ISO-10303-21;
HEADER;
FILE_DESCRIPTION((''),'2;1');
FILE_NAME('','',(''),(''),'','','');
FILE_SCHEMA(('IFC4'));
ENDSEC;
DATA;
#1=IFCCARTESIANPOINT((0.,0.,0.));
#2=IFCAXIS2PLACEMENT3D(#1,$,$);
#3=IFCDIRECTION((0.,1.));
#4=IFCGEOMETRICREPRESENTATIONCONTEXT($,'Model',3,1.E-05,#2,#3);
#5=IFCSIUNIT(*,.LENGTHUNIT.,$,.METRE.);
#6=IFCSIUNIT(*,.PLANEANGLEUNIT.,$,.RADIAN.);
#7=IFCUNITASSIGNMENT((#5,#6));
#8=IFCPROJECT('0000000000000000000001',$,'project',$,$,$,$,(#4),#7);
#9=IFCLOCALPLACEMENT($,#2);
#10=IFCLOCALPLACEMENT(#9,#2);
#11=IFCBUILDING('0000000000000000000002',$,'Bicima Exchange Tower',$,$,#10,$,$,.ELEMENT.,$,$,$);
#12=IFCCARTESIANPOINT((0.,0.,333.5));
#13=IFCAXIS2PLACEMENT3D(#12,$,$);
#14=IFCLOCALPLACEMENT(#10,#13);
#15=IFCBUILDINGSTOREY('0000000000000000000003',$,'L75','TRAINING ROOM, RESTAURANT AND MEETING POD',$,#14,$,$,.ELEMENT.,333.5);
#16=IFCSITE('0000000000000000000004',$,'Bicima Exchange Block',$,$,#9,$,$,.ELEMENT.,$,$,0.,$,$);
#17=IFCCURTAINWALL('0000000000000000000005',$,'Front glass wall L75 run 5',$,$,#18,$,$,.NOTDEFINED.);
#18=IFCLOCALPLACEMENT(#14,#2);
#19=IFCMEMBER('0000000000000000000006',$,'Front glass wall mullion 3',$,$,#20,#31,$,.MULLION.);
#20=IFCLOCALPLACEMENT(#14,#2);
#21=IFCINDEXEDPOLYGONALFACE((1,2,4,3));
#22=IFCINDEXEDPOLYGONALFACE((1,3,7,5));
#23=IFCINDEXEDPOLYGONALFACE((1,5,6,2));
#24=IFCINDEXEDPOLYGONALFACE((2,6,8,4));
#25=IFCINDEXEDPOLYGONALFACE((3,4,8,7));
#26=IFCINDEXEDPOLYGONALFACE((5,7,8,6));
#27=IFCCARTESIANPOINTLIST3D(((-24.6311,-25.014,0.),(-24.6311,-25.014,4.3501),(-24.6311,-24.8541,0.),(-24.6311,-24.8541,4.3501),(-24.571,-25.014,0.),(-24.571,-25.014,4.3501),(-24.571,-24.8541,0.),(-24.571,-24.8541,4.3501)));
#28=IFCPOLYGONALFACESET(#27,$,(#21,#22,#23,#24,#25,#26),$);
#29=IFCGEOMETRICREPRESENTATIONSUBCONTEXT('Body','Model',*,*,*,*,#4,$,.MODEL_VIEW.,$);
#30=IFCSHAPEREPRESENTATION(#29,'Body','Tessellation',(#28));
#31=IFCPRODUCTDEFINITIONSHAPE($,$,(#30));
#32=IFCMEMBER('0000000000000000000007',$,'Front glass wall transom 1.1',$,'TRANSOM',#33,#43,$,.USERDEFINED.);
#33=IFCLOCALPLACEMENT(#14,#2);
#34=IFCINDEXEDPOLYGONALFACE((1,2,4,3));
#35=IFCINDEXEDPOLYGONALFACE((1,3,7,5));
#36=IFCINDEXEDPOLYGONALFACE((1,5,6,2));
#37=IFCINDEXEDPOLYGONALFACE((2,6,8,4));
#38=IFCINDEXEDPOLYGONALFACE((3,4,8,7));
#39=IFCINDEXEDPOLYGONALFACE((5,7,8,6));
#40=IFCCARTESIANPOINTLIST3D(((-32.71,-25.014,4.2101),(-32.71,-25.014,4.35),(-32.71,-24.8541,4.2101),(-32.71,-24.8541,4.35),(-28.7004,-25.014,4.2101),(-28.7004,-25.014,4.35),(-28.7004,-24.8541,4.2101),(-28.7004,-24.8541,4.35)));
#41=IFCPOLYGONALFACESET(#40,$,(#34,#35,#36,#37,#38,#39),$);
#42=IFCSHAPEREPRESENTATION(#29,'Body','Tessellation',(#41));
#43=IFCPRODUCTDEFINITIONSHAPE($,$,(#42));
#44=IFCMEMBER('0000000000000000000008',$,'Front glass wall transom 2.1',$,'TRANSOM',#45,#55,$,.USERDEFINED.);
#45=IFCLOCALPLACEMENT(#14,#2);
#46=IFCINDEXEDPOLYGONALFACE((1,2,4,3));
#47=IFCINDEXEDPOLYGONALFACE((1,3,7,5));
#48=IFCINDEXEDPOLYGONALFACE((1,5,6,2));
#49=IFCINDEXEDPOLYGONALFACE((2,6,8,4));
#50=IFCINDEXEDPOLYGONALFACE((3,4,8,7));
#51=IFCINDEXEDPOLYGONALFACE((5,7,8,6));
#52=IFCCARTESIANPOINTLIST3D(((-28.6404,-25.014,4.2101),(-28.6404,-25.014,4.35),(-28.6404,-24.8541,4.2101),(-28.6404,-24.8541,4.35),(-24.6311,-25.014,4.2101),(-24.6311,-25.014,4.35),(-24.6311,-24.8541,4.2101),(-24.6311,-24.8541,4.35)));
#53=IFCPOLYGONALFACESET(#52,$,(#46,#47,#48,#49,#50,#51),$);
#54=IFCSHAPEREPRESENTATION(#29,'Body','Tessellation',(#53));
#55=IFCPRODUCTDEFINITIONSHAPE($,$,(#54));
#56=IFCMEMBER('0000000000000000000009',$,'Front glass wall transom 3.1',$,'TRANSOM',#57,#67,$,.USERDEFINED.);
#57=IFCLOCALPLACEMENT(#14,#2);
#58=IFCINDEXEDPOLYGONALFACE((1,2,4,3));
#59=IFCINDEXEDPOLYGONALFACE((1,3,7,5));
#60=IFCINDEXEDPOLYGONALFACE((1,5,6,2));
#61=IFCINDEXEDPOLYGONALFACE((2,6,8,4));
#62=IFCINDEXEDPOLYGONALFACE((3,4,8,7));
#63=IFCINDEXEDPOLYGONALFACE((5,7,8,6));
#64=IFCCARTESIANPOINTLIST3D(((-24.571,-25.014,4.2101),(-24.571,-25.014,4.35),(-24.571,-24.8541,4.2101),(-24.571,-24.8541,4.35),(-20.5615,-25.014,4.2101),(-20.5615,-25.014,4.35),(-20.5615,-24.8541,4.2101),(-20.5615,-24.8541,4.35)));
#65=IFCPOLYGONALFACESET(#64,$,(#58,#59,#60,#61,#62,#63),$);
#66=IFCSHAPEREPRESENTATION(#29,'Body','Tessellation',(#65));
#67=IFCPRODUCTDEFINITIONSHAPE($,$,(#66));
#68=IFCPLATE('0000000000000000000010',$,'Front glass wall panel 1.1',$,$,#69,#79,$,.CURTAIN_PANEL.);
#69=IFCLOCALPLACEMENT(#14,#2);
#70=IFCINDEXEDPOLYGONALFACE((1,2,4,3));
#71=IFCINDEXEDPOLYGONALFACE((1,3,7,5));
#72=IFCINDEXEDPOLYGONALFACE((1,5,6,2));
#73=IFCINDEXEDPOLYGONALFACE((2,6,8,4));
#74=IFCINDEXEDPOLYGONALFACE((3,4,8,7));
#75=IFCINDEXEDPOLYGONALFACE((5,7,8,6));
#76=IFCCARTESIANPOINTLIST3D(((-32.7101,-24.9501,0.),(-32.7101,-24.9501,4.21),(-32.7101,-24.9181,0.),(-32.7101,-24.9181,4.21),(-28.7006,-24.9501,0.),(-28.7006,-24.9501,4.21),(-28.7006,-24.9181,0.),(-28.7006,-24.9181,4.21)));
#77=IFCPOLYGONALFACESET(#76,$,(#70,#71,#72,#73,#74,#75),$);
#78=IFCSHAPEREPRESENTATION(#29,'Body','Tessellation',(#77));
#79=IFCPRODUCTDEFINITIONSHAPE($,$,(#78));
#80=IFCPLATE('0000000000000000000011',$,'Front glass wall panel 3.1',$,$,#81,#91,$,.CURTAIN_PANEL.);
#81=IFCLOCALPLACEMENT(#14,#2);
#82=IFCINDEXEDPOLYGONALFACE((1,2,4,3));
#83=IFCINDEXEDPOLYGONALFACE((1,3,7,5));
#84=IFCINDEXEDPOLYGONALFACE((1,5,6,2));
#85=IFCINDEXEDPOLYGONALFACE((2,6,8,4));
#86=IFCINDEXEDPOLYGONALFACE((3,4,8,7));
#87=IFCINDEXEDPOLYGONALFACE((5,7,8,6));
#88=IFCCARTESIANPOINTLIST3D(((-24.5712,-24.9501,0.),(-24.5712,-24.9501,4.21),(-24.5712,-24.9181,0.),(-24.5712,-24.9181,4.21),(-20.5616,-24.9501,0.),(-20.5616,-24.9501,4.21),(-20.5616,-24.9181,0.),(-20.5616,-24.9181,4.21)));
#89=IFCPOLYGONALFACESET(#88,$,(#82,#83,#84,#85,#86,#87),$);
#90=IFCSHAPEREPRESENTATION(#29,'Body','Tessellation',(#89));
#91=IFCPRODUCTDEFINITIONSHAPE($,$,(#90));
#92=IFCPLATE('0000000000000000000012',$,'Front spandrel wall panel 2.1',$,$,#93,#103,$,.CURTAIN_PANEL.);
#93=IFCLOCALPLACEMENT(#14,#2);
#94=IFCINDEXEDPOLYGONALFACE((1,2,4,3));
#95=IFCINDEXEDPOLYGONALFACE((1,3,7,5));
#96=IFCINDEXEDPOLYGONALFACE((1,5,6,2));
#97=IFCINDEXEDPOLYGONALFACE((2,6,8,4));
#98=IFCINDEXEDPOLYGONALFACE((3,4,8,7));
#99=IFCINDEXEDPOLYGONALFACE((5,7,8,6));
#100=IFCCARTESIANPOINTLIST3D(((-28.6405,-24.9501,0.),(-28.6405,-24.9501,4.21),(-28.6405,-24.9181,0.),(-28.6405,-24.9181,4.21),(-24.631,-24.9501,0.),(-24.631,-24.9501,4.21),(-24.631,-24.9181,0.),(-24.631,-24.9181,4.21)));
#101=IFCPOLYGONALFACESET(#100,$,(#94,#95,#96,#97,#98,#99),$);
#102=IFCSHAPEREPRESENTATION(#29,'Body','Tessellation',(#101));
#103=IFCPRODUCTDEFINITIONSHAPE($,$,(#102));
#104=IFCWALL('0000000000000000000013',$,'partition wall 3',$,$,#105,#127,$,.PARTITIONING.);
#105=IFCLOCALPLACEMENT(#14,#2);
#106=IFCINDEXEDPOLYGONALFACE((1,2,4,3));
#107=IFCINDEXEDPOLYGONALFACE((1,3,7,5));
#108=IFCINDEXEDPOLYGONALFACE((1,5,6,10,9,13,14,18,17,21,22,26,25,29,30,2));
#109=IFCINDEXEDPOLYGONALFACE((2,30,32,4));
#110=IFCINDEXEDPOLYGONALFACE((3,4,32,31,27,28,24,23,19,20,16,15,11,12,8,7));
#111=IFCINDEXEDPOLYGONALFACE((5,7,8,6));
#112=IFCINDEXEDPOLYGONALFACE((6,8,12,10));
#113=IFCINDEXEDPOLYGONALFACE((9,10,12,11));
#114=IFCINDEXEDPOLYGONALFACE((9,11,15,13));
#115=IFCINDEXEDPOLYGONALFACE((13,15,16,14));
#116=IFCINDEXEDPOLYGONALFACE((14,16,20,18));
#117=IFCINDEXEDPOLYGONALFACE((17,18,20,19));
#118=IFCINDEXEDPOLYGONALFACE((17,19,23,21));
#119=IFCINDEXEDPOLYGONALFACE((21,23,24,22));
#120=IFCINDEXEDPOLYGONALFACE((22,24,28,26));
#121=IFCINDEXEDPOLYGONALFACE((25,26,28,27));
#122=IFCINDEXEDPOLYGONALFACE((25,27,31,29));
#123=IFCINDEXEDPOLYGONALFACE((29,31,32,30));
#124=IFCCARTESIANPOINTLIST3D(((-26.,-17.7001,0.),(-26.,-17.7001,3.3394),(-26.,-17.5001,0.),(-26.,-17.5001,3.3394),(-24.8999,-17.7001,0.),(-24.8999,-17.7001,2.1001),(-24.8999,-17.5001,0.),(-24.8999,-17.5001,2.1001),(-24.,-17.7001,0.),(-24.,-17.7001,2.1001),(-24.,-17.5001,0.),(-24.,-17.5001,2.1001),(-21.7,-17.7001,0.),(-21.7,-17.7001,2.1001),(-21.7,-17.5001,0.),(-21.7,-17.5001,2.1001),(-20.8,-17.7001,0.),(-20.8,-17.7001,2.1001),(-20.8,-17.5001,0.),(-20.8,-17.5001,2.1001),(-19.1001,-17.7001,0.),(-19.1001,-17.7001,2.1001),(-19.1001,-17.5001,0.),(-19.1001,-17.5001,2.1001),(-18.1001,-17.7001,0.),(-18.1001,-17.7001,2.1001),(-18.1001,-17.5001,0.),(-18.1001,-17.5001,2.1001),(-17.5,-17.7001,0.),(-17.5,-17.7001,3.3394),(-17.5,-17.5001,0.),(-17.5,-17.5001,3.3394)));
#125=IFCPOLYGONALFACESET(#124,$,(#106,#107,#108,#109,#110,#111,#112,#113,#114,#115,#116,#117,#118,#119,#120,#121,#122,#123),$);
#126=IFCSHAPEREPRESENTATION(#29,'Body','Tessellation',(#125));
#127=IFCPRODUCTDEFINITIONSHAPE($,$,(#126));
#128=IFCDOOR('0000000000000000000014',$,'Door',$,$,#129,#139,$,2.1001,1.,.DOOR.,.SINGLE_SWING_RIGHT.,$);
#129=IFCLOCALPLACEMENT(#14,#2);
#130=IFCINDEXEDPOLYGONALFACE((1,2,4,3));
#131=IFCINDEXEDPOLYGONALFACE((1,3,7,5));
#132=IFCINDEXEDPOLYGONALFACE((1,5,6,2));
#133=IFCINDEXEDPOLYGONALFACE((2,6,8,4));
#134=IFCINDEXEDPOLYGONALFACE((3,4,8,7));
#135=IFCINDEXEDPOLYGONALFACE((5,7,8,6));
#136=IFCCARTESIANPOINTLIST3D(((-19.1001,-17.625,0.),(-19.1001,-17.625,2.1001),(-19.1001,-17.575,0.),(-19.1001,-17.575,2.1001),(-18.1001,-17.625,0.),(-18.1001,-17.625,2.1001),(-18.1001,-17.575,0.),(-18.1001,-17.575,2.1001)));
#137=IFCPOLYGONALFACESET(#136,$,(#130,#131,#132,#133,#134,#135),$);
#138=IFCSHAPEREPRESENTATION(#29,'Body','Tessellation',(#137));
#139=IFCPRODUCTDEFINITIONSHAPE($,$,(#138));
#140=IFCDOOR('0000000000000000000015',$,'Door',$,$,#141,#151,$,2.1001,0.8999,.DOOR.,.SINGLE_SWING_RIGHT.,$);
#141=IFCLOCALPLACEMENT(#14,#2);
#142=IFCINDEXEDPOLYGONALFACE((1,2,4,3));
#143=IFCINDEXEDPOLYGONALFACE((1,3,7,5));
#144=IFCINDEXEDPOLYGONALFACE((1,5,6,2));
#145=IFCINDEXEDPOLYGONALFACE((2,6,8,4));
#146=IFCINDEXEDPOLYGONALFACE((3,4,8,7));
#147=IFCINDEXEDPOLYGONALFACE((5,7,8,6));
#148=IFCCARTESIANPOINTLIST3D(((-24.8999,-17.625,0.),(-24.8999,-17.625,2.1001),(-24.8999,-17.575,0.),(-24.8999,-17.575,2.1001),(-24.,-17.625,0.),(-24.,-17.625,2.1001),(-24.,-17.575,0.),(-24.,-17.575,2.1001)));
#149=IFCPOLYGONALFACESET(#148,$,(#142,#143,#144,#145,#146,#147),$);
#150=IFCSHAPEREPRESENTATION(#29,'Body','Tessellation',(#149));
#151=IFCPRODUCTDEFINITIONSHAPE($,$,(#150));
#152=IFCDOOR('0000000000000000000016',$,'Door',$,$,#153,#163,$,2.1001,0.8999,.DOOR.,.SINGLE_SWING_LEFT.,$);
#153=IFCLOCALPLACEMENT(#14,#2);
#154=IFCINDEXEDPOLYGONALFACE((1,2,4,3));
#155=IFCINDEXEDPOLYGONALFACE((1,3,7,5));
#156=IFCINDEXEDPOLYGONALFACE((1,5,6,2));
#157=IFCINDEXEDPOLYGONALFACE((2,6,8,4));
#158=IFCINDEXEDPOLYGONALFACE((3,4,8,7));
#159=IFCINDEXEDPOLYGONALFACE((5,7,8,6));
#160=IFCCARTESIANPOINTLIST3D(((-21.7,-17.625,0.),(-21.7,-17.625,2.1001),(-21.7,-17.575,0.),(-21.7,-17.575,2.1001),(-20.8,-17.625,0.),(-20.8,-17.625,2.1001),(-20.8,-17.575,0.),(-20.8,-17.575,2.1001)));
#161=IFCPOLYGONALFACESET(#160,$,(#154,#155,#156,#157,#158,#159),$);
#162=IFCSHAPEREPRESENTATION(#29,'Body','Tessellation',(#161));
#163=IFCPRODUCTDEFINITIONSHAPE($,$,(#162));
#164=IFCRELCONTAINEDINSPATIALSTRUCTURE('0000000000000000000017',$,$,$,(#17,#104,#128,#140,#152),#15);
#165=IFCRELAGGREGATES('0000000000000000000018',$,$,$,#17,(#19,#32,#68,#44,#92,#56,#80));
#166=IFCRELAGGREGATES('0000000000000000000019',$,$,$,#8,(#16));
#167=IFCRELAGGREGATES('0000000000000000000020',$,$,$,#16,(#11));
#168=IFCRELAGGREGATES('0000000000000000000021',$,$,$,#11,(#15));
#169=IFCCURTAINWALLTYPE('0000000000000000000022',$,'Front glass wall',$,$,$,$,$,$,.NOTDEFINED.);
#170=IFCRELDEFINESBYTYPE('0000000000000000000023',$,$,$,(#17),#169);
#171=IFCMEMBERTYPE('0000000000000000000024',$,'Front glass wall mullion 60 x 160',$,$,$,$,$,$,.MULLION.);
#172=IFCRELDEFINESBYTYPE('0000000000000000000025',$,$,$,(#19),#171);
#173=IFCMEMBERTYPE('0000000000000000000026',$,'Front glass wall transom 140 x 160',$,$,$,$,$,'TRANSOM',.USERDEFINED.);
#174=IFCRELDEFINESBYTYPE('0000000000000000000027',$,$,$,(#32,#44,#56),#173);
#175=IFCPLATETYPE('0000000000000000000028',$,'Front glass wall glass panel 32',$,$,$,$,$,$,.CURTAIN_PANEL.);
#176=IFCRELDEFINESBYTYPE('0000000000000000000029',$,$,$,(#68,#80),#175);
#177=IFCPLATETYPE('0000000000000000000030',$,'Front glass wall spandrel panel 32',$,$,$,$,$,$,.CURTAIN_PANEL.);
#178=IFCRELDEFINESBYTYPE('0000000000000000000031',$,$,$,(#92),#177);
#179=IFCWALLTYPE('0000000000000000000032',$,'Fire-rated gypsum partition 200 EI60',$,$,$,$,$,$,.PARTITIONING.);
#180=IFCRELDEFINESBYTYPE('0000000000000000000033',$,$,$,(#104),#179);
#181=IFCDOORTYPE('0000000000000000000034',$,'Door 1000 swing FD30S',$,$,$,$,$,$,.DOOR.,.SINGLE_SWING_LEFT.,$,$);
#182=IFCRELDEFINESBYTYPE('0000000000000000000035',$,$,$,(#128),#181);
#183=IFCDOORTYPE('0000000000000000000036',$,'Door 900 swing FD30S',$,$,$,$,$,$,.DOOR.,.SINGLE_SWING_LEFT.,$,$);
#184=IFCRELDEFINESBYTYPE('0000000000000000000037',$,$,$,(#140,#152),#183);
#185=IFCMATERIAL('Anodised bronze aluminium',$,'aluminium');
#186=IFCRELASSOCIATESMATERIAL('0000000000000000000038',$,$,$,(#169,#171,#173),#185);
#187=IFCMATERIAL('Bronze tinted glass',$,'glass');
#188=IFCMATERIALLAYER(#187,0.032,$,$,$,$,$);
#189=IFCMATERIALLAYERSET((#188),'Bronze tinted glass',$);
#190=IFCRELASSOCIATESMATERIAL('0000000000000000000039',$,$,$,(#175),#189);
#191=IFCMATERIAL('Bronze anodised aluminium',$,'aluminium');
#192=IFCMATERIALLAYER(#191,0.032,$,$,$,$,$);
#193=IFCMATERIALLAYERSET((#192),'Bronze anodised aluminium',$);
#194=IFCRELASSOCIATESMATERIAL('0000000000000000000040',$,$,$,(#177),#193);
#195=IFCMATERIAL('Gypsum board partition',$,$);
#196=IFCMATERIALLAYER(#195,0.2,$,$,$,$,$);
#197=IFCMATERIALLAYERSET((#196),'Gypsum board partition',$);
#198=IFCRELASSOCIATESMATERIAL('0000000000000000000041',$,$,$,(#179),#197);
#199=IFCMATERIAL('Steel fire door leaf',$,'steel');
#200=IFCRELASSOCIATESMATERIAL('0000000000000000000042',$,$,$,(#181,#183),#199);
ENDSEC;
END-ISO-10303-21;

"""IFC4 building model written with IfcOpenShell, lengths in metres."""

from ifc_helpers import new_model, si_unit, direction, frame, frame_2d, origin, origin_2d, place, context, subcontext, project, spatial, rectangle, extrude, material, layer, layer_set, material_profile, profile_set, type_object, element, fill, aggregate, save


model = new_model("IFC4")

# Units and contexts
model_context = context("Model", 3, precision=1e-05, world=origin(), true_north=direction((0.0, 1.0)))
body_context = subcontext(model_context, "Body", "Model", "MODEL_VIEW")
ifc_project = project(units=[si_unit("LENGTHUNIT", "METRE"), si_unit("PLANEANGLEUNIT", "RADIAN")], contexts=[model_context])

# Site, building, storey
site_placement = place(None, origin())
site = spatial("IfcSite", under=ifc_project, at=site_placement, Name="Bicima Exchange Block", CompositionType="ELEMENT", RefElevation=0.0)
building_placement = place(site_placement, origin())
building = spatial("IfcBuilding", under=site, at=building_placement, Name="Bicima Exchange Tower", CompositionType="ELEMENT")
storey_placement = place(building_placement, frame((0.0, 0.0, 333.5)))
storey = spatial("IfcBuildingStorey", under=building, at=storey_placement, Name="L75", Description="TRAINING ROOM, RESTAURANT AND MEETING POD", CompositionType="ELEMENT", Elevation=333.5)

# Curtain wall, members, plates
ifc_material_1 = material(Name="Anodised bronze aluminium", Category="aluminium")
curtain_wall_type = type_object("IfcCurtainWallType", Name="Front glass wall", PredefinedType="NOTDEFINED", material=ifc_material_1)
curtain_wall_placement = place(storey_placement, origin())
curtain_wall = element("IfcCurtainWall", 1, at=curtain_wall_placement, inside=storey, type_object=curtain_wall_type, Name="Front glass wall L75 run 5", PredefinedType="NOTDEFINED")
ifc_material_profile_1 = material_profile(ifc_material_1, rectangle(XDim=0.1599, YDim=0.0601, at=origin_2d()))
ifc_profile_set_1 = profile_set([ifc_material_profile_1], Name="Anodised bronze aluminium")
member_type_1 = type_object("IfcMemberType", Name="Front glass wall mullion 60 x 160", PredefinedType="MULLION", material=ifc_profile_set_1)
member_1_placement = place(storey_placement, frame((-24.6011, -24.9341, 0.0), z_axis=(0.0, 0.0, 1.0), x_axis=(0.0, 1.0, 0.0)))
member_1 = element("IfcMember", 2, at=member_1_placement, type_object=member_type_1, Name="Front glass wall mullion 3", PredefinedType="MULLION", context=body_context, shape_type="SweptSolid", body=[
    extrude(rectangle(XDim=0.1599, YDim=0.0601, at=origin_2d()), origin(), (0.0, 0.0, 1.0), 4.3501),
])
ifc_material_profile_2 = material_profile(ifc_material_1, rectangle(XDim=0.1599, YDim=0.1399, at=origin_2d()))
ifc_profile_set_2 = profile_set([ifc_material_profile_2], Name="Anodised bronze aluminium")
member_type_2 = type_object("IfcMemberType", Name="Front glass wall transom 140 x 160", ElementType="TRANSOM", PredefinedType="USERDEFINED", material=ifc_profile_set_2)
member_2_placement = place(storey_placement, frame((-32.71, -24.9341, 4.28), z_axis=(1.0, 0.0, 0.0), x_axis=(0.0, 1.0, 0.0)))
member_2 = element("IfcMember", 3, at=member_2_placement, type_object=member_type_2, Name="Front glass wall transom 1.1", ObjectType="TRANSOM", PredefinedType="USERDEFINED", context=body_context, shape_type="SweptSolid", body=[
    extrude(rectangle(XDim=0.1599, YDim=0.1399, at=origin_2d()), origin(), (0.0, 0.0, 1.0), 4.0095),
])
member_3_placement = place(storey_placement, frame((-28.6404, -24.9341, 4.28), z_axis=(1.0, 0.0, 0.0), x_axis=(0.0, 1.0, 0.0)))
member_3 = element("IfcMember", 4, at=member_3_placement, type_object=member_type_2, Name="Front glass wall transom 2.1", ObjectType="TRANSOM", PredefinedType="USERDEFINED", context=body_context, shape_type="SweptSolid", body=[
    extrude(rectangle(XDim=0.1599, YDim=0.1399, at=origin_2d()), origin(), (0.0, 0.0, 1.0), 4.0093),
])
member_4_placement = place(storey_placement, frame((-24.571, -24.9341, 4.28), z_axis=(1.0, 0.0, 0.0), x_axis=(0.0, 1.0, 0.0)))
member_4 = element("IfcMember", 5, at=member_4_placement, type_object=member_type_2, Name="Front glass wall transom 3.1", ObjectType="TRANSOM", PredefinedType="USERDEFINED", context=body_context, shape_type="SweptSolid", body=[
    extrude(rectangle(XDim=0.1599, YDim=0.1399, at=origin_2d()), origin(), (0.0, 0.0, 1.0), 4.0095),
])
ifc_material_2 = material(Name="Bronze tinted glass", Category="glass")
ifc_layer_1 = layer(ifc_material_2, 0.032)
ifc_layer_set_1 = layer_set([ifc_layer_1], Name="Bronze tinted glass")
plate_type_1 = type_object("IfcPlateType", Name="Front glass wall glass panel 32", PredefinedType="CURTAIN_PANEL", material=ifc_layer_set_1)
plate_1_placement = place(storey_placement, frame((-30.7053, -24.9341, 0.0), z_axis=(0.0, 0.0, 1.0), x_axis=(1.0, 0.0, 0.0)))
plate_1 = element("IfcPlate", 6, at=plate_1_placement, type_object=plate_type_1, Name="Front glass wall panel 1.1", PredefinedType="CURTAIN_PANEL", context=body_context, shape_type="SweptSolid", body=[
    extrude(rectangle(XDim=4.0095, YDim=0.032, at=origin_2d()), origin(), (0.0, 0.0, 1.0), 4.21),
])
plate_2_placement = place(storey_placement, frame((-22.5664, -24.9341, 0.0), z_axis=(0.0, 0.0, 1.0), x_axis=(1.0, 0.0, 0.0)))
plate_2 = element("IfcPlate", 7, at=plate_2_placement, type_object=plate_type_1, Name="Front glass wall panel 3.1", PredefinedType="CURTAIN_PANEL", context=body_context, shape_type="SweptSolid", body=[
    extrude(rectangle(XDim=4.0095, YDim=0.032, at=origin_2d()), origin(), (0.0, 0.0, 1.0), 4.21),
])
ifc_material_3 = material(Name="Bronze anodised aluminium", Category="aluminium")
ifc_layer_2 = layer(ifc_material_3, 0.032)
ifc_layer_set_2 = layer_set([ifc_layer_2], Name="Bronze anodised aluminium")
plate_type_2 = type_object("IfcPlateType", Name="Front glass wall spandrel panel 32", PredefinedType="CURTAIN_PANEL", material=ifc_layer_set_2)
plate_3_placement = place(storey_placement, frame((-26.6357, -24.9341, 0.0), z_axis=(0.0, 0.0, 1.0), x_axis=(1.0, 0.0, 0.0)))
plate_3 = element("IfcPlate", 8, at=plate_3_placement, type_object=plate_type_2, Name="Front spandrel wall panel 2.1", PredefinedType="CURTAIN_PANEL", context=body_context, shape_type="SweptSolid", body=[
    extrude(rectangle(XDim=4.0095, YDim=0.032, at=origin_2d()), origin(), (0.0, 0.0, 1.0), 4.21),
])
aggregate(curtain_wall, [member_1, member_2, plate_1, member_3, plate_3, member_4, plate_2])

# Wall, openings, doors
ifc_material_4 = material(Name="Gypsum board partition")
ifc_layer_3 = layer(ifc_material_4, 0.2)
ifc_layer_set_3 = layer_set([ifc_layer_3], Name="Gypsum board partition")
wall_type_1 = type_object("IfcWallType", Name="Fire-rated gypsum partition 200 EI60", PredefinedType="PARTITIONING", material=ifc_layer_set_3)
wall_1_placement = place(storey_placement, frame((-26.0, -17.6001, 0.0), z_axis=(0.0, 0.0, 1.0), x_axis=(1.0, 0.0, 0.0)))
wall_1 = element("IfcWall", 9, at=wall_1_placement, inside=storey, type_object=wall_type_1, Name="partition wall 3", PredefinedType="PARTITIONING", context=body_context, shape_type="SweptSolid", body=[
    extrude(rectangle(XDim=8.5, YDim=0.2, at=frame_2d((4.25, 0.0))), origin(), (0.0, 0.0, 1.0), 3.3394),
])
opening_1_placement = place(wall_1_placement, frame((1.1001, 0.0, 0.0)))
opening_1 = element("IfcOpeningElement", 10, at=opening_1_placement, cuts=wall_1, PredefinedType="OPENING", context=body_context, shape_type="SweptSolid", body=[
    extrude(rectangle(XDim=0.8999, YDim=2.1001, at=frame_2d((0.45, 1.05))), frame((0.0, 0.1118, 0.0), z_axis=(0.0, -1.0, 0.0), x_axis=(1.0, 0.0, 0.0)), (0.0, 0.0, 1.0), 0.2239),
])
opening_2_placement = place(wall_1_placement, frame((4.3, 0.0, 0.0)))
opening_2 = element("IfcOpeningElement", 11, at=opening_2_placement, cuts=wall_1, PredefinedType="OPENING", context=body_context, shape_type="SweptSolid", body=[
    extrude(rectangle(XDim=0.8999, YDim=2.1001, at=frame_2d((0.45, 1.05))), frame((0.0, 0.1118, 0.0), z_axis=(0.0, -1.0, 0.0), x_axis=(1.0, 0.0, 0.0)), (0.0, 0.0, 1.0), 0.2239),
])
opening_3_placement = place(wall_1_placement, frame((6.8999, 0.0, 0.0)))
opening_3 = element("IfcOpeningElement", 12, at=opening_3_placement, cuts=wall_1, PredefinedType="OPENING", context=body_context, shape_type="SweptSolid", body=[
    extrude(rectangle(XDim=1.0, YDim=2.1001, at=frame_2d((0.5, 1.05))), frame((0.0, 0.1118, 0.0), z_axis=(0.0, -1.0, 0.0), x_axis=(1.0, 0.0, 0.0)), (0.0, 0.0, 1.0), 0.2239),
])
ifc_material_5 = material(Name="Steel fire door leaf", Category="steel")
door_type_1 = type_object("IfcDoorType", Name="Door 1000 swing FD30S", OperationType="SINGLE_SWING_LEFT", PredefinedType="DOOR", material=ifc_material_5)
door_1_placement = place(opening_3_placement, frame((1.0, 0.0, 0.0), z_axis=(0.0, 0.0, 1.0), x_axis=(-1.0, 0.0, 0.0)))
door_1 = element("IfcDoor", 13, at=door_1_placement, inside=storey, type_object=door_type_1, Name="Door", OperationType="SINGLE_SWING_RIGHT", OverallHeight=2.1001, OverallWidth=1.0, PredefinedType="DOOR", context=body_context, shape_type="SweptSolid", body=[
    extrude(rectangle(XDim=1.0, YDim=2.1001, at=frame_2d((0.5, 1.05))), frame((0.0, 0.0249, 0.0), z_axis=(0.0, -1.0, 0.0), x_axis=(1.0, 0.0, 0.0)), (0.0, 0.0, 1.0), 0.05),
])
fill(opening_3, door_1)
door_type_2 = type_object("IfcDoorType", Name="Door 900 swing FD30S", OperationType="SINGLE_SWING_LEFT", PredefinedType="DOOR", material=ifc_material_5)
door_2_placement = place(opening_1_placement, frame((0.8999, 0.0, 0.0), z_axis=(0.0, 0.0, 1.0), x_axis=(-1.0, 0.0, 0.0)))
door_2 = element("IfcDoor", 14, at=door_2_placement, inside=storey, type_object=door_type_2, Name="Door", OperationType="SINGLE_SWING_RIGHT", OverallHeight=2.1001, OverallWidth=0.8999, PredefinedType="DOOR", context=body_context, shape_type="SweptSolid", body=[
    extrude(rectangle(XDim=0.8999, YDim=2.1001, at=frame_2d((0.45, 1.05))), frame((0.0, 0.0249, 0.0), z_axis=(0.0, -1.0, 0.0), x_axis=(1.0, 0.0, 0.0)), (0.0, 0.0, 1.0), 0.05),
])
fill(opening_1, door_2)
door_3_placement = place(opening_2_placement, frame((0.8999, 0.0, 0.0), z_axis=(0.0, 0.0, 1.0), x_axis=(-1.0, 0.0, 0.0)))
door_3 = element("IfcDoor", 15, at=door_3_placement, inside=storey, type_object=door_type_2, Name="Door", OperationType="SINGLE_SWING_LEFT", OverallHeight=2.1001, OverallWidth=0.8999, PredefinedType="DOOR", context=body_context, shape_type="SweptSolid", body=[
    extrude(rectangle(XDim=0.8999, YDim=2.1001, at=frame_2d((0.45, 1.05))), frame((0.0, 0.0249, 0.0), z_axis=(0.0, -1.0, 0.0), x_axis=(1.0, 0.0, 0.0)), (0.0, 0.0, 1.0), 0.05),
])
fill(opening_2, door_3)

save(model, "model.ifc")
